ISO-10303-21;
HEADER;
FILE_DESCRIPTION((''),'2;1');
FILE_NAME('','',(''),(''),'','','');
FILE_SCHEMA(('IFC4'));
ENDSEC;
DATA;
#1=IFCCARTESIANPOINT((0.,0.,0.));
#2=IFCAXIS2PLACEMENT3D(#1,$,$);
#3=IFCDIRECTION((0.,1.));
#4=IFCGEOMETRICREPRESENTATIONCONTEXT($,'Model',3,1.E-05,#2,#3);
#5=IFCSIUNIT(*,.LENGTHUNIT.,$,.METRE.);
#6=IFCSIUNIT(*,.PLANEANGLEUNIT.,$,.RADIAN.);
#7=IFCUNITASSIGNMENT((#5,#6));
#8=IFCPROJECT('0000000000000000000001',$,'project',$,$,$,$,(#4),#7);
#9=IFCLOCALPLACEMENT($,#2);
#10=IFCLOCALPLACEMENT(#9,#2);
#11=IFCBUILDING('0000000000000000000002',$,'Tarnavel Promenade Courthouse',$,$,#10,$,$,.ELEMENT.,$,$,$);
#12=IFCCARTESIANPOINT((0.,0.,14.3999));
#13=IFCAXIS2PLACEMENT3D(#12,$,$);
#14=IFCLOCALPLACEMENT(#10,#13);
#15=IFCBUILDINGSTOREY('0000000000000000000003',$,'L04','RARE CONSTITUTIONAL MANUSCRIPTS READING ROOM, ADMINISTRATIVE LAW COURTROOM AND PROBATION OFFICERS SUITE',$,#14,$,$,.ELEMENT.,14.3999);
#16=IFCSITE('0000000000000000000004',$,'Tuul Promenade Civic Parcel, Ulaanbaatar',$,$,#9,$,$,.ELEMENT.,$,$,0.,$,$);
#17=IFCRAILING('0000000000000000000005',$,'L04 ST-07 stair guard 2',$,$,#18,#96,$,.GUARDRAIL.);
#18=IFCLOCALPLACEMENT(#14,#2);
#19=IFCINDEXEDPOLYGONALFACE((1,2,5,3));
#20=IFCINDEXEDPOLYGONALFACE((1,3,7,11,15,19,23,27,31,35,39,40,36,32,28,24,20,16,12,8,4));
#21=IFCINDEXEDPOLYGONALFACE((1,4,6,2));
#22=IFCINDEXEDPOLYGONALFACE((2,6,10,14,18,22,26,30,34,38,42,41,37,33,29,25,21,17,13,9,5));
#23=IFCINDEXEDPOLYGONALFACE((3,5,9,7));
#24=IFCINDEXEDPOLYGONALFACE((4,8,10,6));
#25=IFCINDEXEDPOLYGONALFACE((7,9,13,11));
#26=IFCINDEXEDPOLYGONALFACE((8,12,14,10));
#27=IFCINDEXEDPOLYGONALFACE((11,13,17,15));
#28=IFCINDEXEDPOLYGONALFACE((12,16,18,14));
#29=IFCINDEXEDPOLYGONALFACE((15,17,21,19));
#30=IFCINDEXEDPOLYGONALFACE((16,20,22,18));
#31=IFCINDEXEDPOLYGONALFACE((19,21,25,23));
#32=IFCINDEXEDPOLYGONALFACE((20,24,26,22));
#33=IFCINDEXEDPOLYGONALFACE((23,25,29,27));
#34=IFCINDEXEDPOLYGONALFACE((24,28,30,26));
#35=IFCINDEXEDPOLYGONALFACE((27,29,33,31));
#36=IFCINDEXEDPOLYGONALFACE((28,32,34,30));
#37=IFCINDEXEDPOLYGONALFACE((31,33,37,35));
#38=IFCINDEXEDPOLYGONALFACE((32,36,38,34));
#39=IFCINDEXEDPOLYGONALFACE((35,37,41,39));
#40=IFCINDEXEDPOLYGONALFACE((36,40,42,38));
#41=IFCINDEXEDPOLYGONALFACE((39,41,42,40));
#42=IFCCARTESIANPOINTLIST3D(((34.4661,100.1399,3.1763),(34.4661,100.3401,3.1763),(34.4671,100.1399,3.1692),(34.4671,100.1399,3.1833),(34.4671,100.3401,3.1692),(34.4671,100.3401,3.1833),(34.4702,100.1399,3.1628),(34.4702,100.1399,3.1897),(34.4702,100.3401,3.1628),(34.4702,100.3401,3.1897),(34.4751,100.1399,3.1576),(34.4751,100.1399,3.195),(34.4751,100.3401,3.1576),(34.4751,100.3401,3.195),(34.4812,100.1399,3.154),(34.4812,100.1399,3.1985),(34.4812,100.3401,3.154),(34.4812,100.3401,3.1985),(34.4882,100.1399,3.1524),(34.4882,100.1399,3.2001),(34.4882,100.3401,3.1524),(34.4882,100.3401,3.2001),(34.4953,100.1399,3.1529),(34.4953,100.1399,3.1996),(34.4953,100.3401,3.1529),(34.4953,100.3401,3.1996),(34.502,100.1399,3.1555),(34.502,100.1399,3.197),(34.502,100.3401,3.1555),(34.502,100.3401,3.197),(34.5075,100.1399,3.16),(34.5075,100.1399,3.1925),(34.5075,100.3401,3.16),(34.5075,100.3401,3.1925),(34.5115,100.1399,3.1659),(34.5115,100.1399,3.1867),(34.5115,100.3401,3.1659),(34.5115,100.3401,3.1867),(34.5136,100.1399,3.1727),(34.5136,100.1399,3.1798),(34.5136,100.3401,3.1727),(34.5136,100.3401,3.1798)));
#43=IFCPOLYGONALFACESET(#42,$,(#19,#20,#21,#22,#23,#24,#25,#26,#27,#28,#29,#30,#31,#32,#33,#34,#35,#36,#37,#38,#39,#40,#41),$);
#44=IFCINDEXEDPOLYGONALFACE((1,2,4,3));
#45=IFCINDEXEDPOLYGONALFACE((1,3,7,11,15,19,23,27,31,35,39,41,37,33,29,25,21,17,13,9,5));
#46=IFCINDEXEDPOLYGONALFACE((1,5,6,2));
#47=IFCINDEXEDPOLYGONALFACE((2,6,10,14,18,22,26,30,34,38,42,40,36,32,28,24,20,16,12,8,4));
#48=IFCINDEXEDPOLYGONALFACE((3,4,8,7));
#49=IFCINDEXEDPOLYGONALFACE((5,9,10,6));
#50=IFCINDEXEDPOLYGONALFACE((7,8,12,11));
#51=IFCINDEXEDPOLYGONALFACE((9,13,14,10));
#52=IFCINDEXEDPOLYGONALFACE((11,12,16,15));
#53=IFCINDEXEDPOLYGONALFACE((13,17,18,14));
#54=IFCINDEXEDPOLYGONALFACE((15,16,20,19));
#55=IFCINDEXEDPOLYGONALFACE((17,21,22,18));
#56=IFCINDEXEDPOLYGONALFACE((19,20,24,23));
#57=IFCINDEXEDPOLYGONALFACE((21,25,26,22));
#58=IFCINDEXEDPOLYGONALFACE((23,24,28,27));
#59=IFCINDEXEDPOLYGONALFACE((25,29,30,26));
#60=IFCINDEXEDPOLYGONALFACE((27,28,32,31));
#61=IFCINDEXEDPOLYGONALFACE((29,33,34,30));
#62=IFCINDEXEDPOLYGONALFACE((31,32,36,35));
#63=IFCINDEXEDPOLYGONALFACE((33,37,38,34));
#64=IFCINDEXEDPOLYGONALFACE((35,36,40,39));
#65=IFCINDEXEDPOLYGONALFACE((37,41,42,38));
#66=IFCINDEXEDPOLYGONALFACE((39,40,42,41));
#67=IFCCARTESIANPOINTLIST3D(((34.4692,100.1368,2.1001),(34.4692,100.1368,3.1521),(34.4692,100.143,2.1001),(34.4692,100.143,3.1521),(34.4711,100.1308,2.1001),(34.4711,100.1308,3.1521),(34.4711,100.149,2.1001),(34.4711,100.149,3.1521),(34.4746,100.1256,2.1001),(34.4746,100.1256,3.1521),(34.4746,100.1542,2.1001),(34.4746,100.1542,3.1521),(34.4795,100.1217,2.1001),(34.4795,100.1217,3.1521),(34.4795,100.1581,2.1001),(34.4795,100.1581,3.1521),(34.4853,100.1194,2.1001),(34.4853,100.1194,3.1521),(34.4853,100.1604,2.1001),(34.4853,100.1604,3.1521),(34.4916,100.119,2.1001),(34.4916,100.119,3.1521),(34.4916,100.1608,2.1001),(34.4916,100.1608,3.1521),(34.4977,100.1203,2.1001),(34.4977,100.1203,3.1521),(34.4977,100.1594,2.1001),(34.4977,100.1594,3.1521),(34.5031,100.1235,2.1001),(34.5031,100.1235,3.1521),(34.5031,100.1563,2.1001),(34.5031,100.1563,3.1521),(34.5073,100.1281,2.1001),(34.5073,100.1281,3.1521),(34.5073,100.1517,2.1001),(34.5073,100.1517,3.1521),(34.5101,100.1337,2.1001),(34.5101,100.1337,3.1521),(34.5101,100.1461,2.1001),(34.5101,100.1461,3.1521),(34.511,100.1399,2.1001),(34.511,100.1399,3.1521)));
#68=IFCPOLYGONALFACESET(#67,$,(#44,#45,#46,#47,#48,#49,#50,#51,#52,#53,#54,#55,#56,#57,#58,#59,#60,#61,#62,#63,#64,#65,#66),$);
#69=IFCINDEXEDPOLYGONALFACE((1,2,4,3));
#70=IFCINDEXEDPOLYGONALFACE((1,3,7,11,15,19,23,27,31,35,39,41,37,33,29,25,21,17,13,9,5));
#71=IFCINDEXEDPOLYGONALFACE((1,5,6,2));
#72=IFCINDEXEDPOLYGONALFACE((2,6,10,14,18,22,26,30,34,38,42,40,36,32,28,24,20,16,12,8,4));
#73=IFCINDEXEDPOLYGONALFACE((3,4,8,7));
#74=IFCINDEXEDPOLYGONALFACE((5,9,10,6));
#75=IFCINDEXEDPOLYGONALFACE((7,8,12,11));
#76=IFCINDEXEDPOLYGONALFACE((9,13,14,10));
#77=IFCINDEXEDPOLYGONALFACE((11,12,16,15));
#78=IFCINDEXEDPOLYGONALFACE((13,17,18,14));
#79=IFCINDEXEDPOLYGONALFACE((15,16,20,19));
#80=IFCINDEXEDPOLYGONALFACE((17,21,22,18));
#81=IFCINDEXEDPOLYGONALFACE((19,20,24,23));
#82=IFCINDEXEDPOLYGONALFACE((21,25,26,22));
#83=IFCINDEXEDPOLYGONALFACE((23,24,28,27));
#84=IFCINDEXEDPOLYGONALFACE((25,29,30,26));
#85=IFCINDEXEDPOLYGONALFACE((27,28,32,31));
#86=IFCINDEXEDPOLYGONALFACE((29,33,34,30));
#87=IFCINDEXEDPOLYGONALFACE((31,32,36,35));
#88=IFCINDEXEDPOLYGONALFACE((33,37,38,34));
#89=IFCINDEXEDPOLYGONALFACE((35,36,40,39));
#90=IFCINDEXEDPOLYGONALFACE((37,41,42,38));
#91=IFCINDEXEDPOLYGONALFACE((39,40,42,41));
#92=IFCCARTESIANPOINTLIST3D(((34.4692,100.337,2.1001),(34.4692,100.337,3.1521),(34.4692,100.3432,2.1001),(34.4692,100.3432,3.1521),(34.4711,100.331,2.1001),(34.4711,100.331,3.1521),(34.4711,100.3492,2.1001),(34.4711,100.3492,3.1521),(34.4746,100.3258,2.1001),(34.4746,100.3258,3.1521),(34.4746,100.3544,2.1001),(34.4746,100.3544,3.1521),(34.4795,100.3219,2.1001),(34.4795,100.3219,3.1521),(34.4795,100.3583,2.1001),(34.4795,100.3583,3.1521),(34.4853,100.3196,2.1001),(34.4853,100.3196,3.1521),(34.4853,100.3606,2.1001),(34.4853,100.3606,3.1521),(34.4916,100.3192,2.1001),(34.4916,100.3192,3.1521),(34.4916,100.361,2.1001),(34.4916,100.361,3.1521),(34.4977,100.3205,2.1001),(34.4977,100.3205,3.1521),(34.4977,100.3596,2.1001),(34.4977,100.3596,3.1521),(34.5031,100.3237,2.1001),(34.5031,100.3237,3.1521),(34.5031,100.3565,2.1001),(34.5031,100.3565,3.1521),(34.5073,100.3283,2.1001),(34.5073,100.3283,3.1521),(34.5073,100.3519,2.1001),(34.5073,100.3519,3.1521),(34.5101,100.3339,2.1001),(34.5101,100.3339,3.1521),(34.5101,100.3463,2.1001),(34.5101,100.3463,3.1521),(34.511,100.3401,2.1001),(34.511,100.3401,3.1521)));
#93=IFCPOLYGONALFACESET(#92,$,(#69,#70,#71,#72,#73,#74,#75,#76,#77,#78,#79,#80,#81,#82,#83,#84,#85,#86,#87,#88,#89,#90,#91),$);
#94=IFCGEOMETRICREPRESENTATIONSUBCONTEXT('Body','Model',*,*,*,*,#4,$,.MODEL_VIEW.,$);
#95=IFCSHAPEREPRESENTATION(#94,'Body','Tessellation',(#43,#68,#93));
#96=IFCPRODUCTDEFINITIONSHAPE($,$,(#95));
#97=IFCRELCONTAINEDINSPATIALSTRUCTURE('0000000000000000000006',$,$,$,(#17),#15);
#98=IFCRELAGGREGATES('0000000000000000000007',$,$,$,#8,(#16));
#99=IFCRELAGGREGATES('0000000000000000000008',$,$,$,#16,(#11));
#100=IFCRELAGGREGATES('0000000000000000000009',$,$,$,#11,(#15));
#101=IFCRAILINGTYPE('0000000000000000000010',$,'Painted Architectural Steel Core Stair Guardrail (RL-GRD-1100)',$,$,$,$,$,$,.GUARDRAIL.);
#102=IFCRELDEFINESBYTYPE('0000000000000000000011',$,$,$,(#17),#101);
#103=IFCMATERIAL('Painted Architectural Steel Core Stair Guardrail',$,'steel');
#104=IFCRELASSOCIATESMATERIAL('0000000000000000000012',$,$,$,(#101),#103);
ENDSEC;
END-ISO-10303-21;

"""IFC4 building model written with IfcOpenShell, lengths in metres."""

from ifc_helpers import new_model, si_unit, direction, frame, origin, origin_2d, place, context, subcontext, project, spatial, circle, extrude, material, type_object, element, save


model = new_model("IFC4")

# Units and contexts
model_context = context("Model", 3, precision=1e-05, world=origin(), true_north=direction((0.0, 1.0)))
body_context = subcontext(model_context, "Body", "Model", "MODEL_VIEW")
ifc_project = project(units=[si_unit("LENGTHUNIT", "METRE"), si_unit("PLANEANGLEUNIT", "RADIAN")], contexts=[model_context])

# Site, building, storey
site_placement = place(None, origin())
site = spatial("IfcSite", under=ifc_project, at=site_placement, Name="Tuul Promenade Civic Parcel, Ulaanbaatar", CompositionType="ELEMENT", RefElevation=0.0)
building_placement = place(site_placement, origin())
building = spatial("IfcBuilding", under=site, at=building_placement, Name="Tarnavel Promenade Courthouse", CompositionType="ELEMENT")
storey_placement = place(building_placement, frame((0.0, 0.0, 14.3999)))
storey = spatial("IfcBuildingStorey", under=building, at=storey_placement, Name="L04", Description="RARE CONSTITUTIONAL MANUSCRIPTS READING ROOM, ADMINISTRATIVE LAW COURTROOM AND PROBATION OFFICERS SUITE", CompositionType="ELEMENT", Elevation=14.3999)

# Railing
ifc_material_1 = material(Name="Painted Architectural Steel Core Stair Guardrail", Category="steel")
railing_type_1 = type_object("IfcRailingType", Name="Painted Architectural Steel Core Stair Guardrail (RL-GRD-1100)", PredefinedType="GUARDRAIL", material=ifc_material_1)
railing_1_placement = place(storey_placement, frame((34.49, 100.1399, 2.1001)))
element("IfcRailing", 1, at=railing_1_placement, inside=storey, type_object=railing_type_1, Name="L04 ST-07 stair guard 2", PredefinedType="GUARDRAIL", context=body_context, shape_type="SweptSolid", body=[
    extrude(circle(Radius=0.0239, at=origin_2d()), frame((0.0, 0.0, 1.0762), z_axis=(0.0, 1.0, 0.0), x_axis=(-1.0, 0.0, 0.0)), (0.0, 0.0, 1.0), 0.2002),
    extrude(circle(Radius=0.021, at=origin_2d()), origin(), (0.0, 0.0, 1.0), 1.052),
    extrude(circle(Radius=0.021, at=origin_2d()), frame((0.0, 0.2002, 0.0)), (0.0, 0.0, 1.0), 1.052),
])

save(model, "model.ifc")
